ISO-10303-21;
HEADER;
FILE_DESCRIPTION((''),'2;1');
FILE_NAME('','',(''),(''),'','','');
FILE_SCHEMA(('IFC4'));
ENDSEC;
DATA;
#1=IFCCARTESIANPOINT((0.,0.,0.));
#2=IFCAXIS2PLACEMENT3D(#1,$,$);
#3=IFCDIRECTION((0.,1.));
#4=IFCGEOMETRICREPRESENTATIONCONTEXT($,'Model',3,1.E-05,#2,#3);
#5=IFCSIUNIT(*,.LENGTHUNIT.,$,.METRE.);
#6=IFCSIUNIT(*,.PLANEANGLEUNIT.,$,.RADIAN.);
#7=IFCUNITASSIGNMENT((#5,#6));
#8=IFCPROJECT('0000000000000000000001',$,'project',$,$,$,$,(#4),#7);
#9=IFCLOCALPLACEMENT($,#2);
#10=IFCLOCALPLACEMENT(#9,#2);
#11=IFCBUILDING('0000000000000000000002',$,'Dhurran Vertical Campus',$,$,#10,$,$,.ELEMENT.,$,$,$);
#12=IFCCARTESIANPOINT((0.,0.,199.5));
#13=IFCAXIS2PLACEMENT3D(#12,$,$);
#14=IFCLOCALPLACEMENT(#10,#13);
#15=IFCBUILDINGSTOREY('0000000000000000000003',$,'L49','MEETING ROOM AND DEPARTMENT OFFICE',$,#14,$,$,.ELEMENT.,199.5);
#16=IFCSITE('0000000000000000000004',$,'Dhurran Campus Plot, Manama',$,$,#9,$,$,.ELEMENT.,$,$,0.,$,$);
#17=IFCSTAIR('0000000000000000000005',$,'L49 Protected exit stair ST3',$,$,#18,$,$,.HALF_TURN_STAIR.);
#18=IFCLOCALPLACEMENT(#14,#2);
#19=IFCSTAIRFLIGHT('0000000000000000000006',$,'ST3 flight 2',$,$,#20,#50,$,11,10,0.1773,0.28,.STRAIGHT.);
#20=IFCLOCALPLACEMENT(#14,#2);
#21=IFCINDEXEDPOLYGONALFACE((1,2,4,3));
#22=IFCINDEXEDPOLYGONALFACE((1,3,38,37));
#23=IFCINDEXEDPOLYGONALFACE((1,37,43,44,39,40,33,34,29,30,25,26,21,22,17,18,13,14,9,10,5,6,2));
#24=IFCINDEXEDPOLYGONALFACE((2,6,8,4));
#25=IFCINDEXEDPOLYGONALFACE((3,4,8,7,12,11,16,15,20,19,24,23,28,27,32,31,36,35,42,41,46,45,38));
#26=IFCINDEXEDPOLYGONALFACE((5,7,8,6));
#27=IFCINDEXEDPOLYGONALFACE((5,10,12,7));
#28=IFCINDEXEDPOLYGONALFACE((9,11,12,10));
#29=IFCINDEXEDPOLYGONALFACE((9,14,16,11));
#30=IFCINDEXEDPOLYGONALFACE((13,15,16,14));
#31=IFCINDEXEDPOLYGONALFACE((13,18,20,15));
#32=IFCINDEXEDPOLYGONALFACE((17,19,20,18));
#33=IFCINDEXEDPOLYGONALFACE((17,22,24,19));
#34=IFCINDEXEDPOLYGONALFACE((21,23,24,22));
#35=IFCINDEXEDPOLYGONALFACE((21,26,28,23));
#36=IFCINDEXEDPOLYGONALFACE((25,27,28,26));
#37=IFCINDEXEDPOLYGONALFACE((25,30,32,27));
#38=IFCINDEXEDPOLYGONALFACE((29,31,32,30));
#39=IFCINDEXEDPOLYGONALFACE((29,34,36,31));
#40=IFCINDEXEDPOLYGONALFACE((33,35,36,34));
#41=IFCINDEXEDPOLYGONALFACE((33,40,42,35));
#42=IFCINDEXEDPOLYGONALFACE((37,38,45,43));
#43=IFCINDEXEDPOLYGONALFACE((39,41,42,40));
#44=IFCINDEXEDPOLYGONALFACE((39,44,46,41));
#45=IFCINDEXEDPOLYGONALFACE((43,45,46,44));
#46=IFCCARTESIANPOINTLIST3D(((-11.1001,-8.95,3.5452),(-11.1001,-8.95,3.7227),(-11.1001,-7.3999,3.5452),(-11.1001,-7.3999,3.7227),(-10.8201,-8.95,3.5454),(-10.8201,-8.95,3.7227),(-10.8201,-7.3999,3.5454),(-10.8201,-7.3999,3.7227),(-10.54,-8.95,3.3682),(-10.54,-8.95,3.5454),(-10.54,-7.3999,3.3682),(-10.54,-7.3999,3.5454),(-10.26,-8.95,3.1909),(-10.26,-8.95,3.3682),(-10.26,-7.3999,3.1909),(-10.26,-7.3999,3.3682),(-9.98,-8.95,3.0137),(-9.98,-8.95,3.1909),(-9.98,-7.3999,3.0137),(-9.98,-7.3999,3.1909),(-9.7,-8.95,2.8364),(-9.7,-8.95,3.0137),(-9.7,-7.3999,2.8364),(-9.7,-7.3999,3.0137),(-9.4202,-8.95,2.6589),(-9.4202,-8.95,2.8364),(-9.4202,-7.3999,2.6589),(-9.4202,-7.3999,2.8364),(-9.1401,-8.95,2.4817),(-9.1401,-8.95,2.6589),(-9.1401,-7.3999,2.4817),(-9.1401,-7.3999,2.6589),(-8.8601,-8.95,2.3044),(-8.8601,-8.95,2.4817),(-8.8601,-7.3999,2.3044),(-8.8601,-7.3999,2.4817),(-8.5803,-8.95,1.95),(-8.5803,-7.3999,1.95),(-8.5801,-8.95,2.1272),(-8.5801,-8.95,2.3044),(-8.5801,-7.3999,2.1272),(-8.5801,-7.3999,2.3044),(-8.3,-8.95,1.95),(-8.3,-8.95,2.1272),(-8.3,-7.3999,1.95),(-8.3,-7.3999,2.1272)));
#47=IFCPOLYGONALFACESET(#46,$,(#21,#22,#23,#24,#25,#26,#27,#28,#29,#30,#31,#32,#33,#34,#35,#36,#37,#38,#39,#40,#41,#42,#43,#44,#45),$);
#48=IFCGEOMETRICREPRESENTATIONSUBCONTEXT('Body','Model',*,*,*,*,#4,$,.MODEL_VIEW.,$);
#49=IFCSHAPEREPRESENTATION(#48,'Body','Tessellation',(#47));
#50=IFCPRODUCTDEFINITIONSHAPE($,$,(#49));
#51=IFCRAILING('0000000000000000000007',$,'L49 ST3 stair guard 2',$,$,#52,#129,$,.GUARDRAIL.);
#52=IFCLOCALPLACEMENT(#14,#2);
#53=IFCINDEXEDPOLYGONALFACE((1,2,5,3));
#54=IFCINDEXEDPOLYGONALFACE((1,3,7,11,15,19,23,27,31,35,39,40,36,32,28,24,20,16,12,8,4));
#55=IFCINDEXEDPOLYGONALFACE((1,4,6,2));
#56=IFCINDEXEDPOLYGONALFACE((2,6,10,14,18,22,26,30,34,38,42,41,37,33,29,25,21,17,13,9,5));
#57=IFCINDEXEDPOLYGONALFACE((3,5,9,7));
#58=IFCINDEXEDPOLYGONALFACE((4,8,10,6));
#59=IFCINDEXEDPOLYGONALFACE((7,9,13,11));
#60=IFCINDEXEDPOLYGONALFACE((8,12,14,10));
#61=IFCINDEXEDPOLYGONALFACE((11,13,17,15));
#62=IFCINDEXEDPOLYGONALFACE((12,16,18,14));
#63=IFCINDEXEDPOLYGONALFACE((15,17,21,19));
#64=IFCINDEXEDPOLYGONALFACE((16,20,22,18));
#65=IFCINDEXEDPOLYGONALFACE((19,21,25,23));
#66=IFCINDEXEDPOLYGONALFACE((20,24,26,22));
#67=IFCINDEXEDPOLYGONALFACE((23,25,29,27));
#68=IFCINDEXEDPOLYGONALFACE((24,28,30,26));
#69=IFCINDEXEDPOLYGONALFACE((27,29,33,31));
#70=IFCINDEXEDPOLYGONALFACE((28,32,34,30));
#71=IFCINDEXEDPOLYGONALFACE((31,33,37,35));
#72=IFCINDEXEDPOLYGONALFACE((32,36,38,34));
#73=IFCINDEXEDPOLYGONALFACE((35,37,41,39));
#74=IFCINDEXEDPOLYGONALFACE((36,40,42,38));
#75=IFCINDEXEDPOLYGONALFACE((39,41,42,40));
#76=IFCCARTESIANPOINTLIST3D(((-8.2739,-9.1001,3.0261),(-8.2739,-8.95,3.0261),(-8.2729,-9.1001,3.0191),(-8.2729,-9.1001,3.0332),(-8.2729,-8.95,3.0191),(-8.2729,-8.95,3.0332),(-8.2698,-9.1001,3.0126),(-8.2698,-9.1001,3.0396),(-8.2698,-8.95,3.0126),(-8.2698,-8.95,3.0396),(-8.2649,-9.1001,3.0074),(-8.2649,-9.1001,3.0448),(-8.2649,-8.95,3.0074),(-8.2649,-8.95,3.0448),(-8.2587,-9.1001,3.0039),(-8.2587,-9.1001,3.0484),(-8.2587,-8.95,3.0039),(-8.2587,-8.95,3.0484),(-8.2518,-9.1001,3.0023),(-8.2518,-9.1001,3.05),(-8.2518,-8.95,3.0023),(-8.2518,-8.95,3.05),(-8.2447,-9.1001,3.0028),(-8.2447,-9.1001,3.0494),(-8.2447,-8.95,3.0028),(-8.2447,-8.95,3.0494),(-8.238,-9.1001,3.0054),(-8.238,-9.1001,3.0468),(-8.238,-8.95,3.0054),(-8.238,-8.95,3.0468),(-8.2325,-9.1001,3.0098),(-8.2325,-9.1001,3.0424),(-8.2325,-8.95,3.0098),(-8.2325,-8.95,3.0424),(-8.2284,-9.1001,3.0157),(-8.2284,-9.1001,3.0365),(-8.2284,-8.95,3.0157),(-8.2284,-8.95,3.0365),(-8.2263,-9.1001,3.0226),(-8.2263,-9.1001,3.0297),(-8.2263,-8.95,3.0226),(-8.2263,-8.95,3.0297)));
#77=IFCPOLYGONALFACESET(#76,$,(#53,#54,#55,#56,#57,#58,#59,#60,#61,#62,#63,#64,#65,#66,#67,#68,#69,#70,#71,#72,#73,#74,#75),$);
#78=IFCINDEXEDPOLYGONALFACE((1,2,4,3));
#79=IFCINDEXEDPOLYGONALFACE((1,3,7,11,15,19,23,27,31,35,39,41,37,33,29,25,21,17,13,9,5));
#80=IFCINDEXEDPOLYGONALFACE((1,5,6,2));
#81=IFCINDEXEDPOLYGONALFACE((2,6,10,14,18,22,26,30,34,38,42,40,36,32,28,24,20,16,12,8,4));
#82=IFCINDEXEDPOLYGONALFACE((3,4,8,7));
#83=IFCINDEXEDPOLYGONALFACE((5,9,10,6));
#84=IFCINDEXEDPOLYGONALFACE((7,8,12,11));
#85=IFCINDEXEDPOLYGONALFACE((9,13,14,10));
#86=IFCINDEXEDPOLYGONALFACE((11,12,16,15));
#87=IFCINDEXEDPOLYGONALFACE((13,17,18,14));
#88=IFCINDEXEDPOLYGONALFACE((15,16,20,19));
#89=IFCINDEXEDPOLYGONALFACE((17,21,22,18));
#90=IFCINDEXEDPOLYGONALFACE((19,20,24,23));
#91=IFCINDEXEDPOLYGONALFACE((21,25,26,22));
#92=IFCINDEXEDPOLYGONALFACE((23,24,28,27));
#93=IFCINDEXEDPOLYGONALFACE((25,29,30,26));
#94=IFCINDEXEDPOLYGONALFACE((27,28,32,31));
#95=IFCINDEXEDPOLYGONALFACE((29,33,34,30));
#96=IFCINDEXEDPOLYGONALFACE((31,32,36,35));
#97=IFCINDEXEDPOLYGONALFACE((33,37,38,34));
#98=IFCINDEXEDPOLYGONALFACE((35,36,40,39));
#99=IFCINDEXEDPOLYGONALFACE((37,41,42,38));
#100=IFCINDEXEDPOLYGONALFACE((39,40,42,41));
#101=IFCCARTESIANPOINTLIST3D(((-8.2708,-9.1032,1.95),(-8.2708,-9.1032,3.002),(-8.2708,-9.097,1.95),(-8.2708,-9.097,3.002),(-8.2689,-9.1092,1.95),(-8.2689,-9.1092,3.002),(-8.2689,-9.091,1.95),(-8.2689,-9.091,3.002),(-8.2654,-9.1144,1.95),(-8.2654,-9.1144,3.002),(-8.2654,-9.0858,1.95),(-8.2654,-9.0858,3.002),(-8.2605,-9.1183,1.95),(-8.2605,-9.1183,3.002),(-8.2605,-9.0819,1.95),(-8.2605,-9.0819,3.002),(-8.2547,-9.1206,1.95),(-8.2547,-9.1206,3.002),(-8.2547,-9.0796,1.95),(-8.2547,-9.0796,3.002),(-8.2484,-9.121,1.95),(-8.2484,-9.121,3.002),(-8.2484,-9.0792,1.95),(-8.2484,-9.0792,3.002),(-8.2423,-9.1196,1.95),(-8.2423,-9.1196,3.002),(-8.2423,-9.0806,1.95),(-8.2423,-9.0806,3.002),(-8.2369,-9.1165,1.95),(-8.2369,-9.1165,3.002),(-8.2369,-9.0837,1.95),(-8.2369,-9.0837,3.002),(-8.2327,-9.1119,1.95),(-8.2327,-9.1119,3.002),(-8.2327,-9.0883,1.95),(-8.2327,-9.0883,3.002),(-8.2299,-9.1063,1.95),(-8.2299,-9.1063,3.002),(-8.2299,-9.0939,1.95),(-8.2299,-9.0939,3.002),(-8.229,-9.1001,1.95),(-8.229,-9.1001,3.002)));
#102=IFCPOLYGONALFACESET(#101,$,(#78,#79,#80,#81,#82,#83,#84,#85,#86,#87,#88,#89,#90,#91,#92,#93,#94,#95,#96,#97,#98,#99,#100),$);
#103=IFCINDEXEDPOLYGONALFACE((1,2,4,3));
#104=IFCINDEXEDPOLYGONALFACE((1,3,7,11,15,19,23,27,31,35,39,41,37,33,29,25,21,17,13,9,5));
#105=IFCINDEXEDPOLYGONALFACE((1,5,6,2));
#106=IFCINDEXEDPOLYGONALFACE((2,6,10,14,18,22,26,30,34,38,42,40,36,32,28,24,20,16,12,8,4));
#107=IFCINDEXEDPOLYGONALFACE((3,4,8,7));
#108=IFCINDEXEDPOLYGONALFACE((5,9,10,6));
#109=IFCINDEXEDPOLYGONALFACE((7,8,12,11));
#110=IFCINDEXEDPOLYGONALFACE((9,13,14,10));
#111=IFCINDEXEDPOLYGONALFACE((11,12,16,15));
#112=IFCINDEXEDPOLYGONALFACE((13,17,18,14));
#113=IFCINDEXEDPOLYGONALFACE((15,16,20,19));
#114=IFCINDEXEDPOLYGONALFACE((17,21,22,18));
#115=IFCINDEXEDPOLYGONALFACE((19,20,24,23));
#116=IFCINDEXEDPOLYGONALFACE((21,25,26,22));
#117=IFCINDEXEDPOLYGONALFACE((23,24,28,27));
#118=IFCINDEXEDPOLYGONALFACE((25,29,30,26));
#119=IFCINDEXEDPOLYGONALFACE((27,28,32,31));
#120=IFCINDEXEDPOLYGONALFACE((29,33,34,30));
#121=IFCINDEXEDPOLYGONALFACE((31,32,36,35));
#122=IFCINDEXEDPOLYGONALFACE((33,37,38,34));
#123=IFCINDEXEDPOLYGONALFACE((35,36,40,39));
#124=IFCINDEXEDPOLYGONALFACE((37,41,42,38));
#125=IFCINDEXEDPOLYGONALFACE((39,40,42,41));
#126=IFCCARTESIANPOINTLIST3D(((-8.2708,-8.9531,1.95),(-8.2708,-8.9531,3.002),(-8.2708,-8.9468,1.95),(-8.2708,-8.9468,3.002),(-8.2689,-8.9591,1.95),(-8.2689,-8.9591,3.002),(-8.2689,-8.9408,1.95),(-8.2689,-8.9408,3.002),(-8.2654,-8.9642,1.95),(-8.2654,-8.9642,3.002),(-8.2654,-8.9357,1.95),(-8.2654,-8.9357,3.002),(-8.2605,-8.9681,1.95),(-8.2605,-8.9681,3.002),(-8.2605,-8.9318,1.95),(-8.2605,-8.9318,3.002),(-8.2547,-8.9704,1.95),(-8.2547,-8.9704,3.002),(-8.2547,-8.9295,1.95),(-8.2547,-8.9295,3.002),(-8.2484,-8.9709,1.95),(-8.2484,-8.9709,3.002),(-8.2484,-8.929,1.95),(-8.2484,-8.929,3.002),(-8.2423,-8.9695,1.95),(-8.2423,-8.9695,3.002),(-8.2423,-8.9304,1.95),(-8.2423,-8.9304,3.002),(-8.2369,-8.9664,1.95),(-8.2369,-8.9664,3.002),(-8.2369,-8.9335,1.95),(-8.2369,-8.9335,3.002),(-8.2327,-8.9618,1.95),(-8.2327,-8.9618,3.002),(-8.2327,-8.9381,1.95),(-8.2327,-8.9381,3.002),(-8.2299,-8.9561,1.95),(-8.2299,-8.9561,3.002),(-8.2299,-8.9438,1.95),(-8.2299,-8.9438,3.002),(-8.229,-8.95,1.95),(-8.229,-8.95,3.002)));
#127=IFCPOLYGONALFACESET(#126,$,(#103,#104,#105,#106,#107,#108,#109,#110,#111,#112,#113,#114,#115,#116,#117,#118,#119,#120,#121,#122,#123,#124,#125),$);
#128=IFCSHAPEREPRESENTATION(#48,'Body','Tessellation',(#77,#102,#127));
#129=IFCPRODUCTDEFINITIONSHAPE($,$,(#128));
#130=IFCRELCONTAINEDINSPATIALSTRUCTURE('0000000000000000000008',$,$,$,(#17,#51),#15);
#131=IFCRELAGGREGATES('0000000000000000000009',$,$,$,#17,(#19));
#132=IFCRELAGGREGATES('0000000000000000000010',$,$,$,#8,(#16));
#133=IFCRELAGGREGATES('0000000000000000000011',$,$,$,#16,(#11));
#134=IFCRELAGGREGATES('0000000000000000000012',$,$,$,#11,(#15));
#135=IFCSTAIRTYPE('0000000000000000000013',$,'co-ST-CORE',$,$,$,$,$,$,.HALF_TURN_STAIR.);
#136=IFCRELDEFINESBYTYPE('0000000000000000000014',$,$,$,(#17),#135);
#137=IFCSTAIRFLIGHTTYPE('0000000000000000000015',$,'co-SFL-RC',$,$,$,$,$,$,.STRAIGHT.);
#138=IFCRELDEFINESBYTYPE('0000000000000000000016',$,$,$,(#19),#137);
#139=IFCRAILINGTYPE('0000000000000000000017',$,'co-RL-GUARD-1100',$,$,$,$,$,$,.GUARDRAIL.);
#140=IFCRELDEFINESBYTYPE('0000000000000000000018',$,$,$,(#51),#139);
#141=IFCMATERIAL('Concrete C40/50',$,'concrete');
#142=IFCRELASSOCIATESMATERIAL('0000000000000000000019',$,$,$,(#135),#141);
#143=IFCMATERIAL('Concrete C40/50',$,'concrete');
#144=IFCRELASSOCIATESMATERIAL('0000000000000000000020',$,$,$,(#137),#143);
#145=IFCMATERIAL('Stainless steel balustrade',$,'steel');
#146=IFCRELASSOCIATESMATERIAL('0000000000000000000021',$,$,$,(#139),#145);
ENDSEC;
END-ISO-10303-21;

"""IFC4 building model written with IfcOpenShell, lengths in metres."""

from ifc_helpers import new_model, si_unit, direction, frame, origin, origin_2d, place, context, subcontext, project, spatial, polyline, circle, outline, extrude, material, type_object, element, aggregate, save


model = new_model("IFC4")

# Units and contexts
model_context = context("Model", 3, precision=1e-05, world=origin(), true_north=direction((0.0, 1.0)))
body_context = subcontext(model_context, "Body", "Model", "MODEL_VIEW")
ifc_project = project(units=[si_unit("LENGTHUNIT", "METRE"), si_unit("PLANEANGLEUNIT", "RADIAN")], contexts=[model_context])

# Site, building, storey
site_placement = place(None, origin())
site = spatial("IfcSite", under=ifc_project, at=site_placement, Name="Dhurran Campus Plot, Manama", CompositionType="ELEMENT", RefElevation=0.0)
building_placement = place(site_placement, origin())
building = spatial("IfcBuilding", under=site, at=building_placement, Name="Dhurran Vertical Campus", CompositionType="ELEMENT")
storey_placement = place(building_placement, frame((0.0, 0.0, 199.5)))
storey = spatial("IfcBuildingStorey", under=building, at=storey_placement, Name="L49", Description="MEETING ROOM AND DEPARTMENT OFFICE", CompositionType="ELEMENT", Elevation=199.5)

# Stair, stair flight
ifc_material_1 = material(Name="Concrete C40/50", Category="concrete")
stair_type = type_object("IfcStairType", Name="co-ST-CORE", PredefinedType="HALF_TURN_STAIR", material=ifc_material_1)
stair_placement = place(storey_placement, origin())
stair = element("IfcStair", 1, at=stair_placement, inside=storey, type_object=stair_type, Name="L49 Protected exit stair ST3", PredefinedType="HALF_TURN_STAIR")
ifc_material_2 = material(Name="Concrete C40/50", Category="concrete")
stair_flight_type = type_object("IfcStairFlightType", Name="co-SFL-RC", PredefinedType="STRAIGHT", material=ifc_material_2)
stair_flight_placement = place(storey_placement, frame((-8.3, -8.175, 1.95), z_axis=(0.0, 0.0, 1.0), x_axis=(-1.0, 0.0, 0.0)))
stair_flight = element("IfcStairFlight", 2, at=stair_flight_placement, type_object=stair_flight_type, Name="ST3 flight 2", NumberOfRisers=11, NumberOfTreads=10, PredefinedType="STRAIGHT", RiserHeight=0.1773, TreadLength=0.28, context=body_context, shape_type="SweptSolid", body=[
    extrude(outline(polyline([(0.0, 0.0), (0.0, 0.1772), (0.28, 0.1772), (0.28, 0.3545), (0.5601, 0.3545), (0.5601, 0.5317), (0.8401, 0.5317), (0.8401, 0.709), (1.1201, 0.709), (1.1201, 0.8865), (1.3999, 0.8865), (1.3999, 1.0637), (1.6799, 1.0637), (1.6799, 1.241), (1.96, 1.241), (1.96, 1.4182), (2.24, 1.4182), (2.24, 1.5955), (2.52, 1.5955), (2.52, 1.7727), (2.8, 1.7727), (2.8, 1.95), (2.8, 1.5952), (0.2803, 0.0), (0.0, 0.0)])), frame((0.0, 0.7749, 0.0), z_axis=(0.0, -1.0, 0.0), x_axis=(1.0, 0.0, 0.0)), (0.0, 0.0, 1.0), 1.55),
])
aggregate(stair, [stair_flight])

# Railing
ifc_material_3 = material(Name="Stainless steel balustrade", Category="steel")
railing_type_1 = type_object("IfcRailingType", Name="co-RL-GUARD-1100", PredefinedType="GUARDRAIL", material=ifc_material_3)
railing_1_placement = place(storey_placement, frame((-8.25, -9.1001, 1.95)))
element("IfcRailing", 3, at=railing_1_placement, inside=storey, type_object=railing_type_1, Name="L49 ST3 stair guard 2", PredefinedType="GUARDRAIL", context=body_context, shape_type="SweptSolid", body=[
    extrude(circle(Radius=0.0239, at=origin_2d()), frame((0.0, 0.0, 1.0762), z_axis=(0.0, 1.0, 0.0), x_axis=(-1.0, 0.0, 0.0)), (0.0, 0.0, 1.0), 0.1501),
    extrude(circle(Radius=0.021, at=origin_2d()), origin(), (0.0, 0.0, 1.0), 1.052),
    extrude(circle(Radius=0.021, at=origin_2d()), frame((0.0, 0.1501, 0.0)), (0.0, 0.0, 1.0), 1.052),
])

save(model, "model.ifc")
